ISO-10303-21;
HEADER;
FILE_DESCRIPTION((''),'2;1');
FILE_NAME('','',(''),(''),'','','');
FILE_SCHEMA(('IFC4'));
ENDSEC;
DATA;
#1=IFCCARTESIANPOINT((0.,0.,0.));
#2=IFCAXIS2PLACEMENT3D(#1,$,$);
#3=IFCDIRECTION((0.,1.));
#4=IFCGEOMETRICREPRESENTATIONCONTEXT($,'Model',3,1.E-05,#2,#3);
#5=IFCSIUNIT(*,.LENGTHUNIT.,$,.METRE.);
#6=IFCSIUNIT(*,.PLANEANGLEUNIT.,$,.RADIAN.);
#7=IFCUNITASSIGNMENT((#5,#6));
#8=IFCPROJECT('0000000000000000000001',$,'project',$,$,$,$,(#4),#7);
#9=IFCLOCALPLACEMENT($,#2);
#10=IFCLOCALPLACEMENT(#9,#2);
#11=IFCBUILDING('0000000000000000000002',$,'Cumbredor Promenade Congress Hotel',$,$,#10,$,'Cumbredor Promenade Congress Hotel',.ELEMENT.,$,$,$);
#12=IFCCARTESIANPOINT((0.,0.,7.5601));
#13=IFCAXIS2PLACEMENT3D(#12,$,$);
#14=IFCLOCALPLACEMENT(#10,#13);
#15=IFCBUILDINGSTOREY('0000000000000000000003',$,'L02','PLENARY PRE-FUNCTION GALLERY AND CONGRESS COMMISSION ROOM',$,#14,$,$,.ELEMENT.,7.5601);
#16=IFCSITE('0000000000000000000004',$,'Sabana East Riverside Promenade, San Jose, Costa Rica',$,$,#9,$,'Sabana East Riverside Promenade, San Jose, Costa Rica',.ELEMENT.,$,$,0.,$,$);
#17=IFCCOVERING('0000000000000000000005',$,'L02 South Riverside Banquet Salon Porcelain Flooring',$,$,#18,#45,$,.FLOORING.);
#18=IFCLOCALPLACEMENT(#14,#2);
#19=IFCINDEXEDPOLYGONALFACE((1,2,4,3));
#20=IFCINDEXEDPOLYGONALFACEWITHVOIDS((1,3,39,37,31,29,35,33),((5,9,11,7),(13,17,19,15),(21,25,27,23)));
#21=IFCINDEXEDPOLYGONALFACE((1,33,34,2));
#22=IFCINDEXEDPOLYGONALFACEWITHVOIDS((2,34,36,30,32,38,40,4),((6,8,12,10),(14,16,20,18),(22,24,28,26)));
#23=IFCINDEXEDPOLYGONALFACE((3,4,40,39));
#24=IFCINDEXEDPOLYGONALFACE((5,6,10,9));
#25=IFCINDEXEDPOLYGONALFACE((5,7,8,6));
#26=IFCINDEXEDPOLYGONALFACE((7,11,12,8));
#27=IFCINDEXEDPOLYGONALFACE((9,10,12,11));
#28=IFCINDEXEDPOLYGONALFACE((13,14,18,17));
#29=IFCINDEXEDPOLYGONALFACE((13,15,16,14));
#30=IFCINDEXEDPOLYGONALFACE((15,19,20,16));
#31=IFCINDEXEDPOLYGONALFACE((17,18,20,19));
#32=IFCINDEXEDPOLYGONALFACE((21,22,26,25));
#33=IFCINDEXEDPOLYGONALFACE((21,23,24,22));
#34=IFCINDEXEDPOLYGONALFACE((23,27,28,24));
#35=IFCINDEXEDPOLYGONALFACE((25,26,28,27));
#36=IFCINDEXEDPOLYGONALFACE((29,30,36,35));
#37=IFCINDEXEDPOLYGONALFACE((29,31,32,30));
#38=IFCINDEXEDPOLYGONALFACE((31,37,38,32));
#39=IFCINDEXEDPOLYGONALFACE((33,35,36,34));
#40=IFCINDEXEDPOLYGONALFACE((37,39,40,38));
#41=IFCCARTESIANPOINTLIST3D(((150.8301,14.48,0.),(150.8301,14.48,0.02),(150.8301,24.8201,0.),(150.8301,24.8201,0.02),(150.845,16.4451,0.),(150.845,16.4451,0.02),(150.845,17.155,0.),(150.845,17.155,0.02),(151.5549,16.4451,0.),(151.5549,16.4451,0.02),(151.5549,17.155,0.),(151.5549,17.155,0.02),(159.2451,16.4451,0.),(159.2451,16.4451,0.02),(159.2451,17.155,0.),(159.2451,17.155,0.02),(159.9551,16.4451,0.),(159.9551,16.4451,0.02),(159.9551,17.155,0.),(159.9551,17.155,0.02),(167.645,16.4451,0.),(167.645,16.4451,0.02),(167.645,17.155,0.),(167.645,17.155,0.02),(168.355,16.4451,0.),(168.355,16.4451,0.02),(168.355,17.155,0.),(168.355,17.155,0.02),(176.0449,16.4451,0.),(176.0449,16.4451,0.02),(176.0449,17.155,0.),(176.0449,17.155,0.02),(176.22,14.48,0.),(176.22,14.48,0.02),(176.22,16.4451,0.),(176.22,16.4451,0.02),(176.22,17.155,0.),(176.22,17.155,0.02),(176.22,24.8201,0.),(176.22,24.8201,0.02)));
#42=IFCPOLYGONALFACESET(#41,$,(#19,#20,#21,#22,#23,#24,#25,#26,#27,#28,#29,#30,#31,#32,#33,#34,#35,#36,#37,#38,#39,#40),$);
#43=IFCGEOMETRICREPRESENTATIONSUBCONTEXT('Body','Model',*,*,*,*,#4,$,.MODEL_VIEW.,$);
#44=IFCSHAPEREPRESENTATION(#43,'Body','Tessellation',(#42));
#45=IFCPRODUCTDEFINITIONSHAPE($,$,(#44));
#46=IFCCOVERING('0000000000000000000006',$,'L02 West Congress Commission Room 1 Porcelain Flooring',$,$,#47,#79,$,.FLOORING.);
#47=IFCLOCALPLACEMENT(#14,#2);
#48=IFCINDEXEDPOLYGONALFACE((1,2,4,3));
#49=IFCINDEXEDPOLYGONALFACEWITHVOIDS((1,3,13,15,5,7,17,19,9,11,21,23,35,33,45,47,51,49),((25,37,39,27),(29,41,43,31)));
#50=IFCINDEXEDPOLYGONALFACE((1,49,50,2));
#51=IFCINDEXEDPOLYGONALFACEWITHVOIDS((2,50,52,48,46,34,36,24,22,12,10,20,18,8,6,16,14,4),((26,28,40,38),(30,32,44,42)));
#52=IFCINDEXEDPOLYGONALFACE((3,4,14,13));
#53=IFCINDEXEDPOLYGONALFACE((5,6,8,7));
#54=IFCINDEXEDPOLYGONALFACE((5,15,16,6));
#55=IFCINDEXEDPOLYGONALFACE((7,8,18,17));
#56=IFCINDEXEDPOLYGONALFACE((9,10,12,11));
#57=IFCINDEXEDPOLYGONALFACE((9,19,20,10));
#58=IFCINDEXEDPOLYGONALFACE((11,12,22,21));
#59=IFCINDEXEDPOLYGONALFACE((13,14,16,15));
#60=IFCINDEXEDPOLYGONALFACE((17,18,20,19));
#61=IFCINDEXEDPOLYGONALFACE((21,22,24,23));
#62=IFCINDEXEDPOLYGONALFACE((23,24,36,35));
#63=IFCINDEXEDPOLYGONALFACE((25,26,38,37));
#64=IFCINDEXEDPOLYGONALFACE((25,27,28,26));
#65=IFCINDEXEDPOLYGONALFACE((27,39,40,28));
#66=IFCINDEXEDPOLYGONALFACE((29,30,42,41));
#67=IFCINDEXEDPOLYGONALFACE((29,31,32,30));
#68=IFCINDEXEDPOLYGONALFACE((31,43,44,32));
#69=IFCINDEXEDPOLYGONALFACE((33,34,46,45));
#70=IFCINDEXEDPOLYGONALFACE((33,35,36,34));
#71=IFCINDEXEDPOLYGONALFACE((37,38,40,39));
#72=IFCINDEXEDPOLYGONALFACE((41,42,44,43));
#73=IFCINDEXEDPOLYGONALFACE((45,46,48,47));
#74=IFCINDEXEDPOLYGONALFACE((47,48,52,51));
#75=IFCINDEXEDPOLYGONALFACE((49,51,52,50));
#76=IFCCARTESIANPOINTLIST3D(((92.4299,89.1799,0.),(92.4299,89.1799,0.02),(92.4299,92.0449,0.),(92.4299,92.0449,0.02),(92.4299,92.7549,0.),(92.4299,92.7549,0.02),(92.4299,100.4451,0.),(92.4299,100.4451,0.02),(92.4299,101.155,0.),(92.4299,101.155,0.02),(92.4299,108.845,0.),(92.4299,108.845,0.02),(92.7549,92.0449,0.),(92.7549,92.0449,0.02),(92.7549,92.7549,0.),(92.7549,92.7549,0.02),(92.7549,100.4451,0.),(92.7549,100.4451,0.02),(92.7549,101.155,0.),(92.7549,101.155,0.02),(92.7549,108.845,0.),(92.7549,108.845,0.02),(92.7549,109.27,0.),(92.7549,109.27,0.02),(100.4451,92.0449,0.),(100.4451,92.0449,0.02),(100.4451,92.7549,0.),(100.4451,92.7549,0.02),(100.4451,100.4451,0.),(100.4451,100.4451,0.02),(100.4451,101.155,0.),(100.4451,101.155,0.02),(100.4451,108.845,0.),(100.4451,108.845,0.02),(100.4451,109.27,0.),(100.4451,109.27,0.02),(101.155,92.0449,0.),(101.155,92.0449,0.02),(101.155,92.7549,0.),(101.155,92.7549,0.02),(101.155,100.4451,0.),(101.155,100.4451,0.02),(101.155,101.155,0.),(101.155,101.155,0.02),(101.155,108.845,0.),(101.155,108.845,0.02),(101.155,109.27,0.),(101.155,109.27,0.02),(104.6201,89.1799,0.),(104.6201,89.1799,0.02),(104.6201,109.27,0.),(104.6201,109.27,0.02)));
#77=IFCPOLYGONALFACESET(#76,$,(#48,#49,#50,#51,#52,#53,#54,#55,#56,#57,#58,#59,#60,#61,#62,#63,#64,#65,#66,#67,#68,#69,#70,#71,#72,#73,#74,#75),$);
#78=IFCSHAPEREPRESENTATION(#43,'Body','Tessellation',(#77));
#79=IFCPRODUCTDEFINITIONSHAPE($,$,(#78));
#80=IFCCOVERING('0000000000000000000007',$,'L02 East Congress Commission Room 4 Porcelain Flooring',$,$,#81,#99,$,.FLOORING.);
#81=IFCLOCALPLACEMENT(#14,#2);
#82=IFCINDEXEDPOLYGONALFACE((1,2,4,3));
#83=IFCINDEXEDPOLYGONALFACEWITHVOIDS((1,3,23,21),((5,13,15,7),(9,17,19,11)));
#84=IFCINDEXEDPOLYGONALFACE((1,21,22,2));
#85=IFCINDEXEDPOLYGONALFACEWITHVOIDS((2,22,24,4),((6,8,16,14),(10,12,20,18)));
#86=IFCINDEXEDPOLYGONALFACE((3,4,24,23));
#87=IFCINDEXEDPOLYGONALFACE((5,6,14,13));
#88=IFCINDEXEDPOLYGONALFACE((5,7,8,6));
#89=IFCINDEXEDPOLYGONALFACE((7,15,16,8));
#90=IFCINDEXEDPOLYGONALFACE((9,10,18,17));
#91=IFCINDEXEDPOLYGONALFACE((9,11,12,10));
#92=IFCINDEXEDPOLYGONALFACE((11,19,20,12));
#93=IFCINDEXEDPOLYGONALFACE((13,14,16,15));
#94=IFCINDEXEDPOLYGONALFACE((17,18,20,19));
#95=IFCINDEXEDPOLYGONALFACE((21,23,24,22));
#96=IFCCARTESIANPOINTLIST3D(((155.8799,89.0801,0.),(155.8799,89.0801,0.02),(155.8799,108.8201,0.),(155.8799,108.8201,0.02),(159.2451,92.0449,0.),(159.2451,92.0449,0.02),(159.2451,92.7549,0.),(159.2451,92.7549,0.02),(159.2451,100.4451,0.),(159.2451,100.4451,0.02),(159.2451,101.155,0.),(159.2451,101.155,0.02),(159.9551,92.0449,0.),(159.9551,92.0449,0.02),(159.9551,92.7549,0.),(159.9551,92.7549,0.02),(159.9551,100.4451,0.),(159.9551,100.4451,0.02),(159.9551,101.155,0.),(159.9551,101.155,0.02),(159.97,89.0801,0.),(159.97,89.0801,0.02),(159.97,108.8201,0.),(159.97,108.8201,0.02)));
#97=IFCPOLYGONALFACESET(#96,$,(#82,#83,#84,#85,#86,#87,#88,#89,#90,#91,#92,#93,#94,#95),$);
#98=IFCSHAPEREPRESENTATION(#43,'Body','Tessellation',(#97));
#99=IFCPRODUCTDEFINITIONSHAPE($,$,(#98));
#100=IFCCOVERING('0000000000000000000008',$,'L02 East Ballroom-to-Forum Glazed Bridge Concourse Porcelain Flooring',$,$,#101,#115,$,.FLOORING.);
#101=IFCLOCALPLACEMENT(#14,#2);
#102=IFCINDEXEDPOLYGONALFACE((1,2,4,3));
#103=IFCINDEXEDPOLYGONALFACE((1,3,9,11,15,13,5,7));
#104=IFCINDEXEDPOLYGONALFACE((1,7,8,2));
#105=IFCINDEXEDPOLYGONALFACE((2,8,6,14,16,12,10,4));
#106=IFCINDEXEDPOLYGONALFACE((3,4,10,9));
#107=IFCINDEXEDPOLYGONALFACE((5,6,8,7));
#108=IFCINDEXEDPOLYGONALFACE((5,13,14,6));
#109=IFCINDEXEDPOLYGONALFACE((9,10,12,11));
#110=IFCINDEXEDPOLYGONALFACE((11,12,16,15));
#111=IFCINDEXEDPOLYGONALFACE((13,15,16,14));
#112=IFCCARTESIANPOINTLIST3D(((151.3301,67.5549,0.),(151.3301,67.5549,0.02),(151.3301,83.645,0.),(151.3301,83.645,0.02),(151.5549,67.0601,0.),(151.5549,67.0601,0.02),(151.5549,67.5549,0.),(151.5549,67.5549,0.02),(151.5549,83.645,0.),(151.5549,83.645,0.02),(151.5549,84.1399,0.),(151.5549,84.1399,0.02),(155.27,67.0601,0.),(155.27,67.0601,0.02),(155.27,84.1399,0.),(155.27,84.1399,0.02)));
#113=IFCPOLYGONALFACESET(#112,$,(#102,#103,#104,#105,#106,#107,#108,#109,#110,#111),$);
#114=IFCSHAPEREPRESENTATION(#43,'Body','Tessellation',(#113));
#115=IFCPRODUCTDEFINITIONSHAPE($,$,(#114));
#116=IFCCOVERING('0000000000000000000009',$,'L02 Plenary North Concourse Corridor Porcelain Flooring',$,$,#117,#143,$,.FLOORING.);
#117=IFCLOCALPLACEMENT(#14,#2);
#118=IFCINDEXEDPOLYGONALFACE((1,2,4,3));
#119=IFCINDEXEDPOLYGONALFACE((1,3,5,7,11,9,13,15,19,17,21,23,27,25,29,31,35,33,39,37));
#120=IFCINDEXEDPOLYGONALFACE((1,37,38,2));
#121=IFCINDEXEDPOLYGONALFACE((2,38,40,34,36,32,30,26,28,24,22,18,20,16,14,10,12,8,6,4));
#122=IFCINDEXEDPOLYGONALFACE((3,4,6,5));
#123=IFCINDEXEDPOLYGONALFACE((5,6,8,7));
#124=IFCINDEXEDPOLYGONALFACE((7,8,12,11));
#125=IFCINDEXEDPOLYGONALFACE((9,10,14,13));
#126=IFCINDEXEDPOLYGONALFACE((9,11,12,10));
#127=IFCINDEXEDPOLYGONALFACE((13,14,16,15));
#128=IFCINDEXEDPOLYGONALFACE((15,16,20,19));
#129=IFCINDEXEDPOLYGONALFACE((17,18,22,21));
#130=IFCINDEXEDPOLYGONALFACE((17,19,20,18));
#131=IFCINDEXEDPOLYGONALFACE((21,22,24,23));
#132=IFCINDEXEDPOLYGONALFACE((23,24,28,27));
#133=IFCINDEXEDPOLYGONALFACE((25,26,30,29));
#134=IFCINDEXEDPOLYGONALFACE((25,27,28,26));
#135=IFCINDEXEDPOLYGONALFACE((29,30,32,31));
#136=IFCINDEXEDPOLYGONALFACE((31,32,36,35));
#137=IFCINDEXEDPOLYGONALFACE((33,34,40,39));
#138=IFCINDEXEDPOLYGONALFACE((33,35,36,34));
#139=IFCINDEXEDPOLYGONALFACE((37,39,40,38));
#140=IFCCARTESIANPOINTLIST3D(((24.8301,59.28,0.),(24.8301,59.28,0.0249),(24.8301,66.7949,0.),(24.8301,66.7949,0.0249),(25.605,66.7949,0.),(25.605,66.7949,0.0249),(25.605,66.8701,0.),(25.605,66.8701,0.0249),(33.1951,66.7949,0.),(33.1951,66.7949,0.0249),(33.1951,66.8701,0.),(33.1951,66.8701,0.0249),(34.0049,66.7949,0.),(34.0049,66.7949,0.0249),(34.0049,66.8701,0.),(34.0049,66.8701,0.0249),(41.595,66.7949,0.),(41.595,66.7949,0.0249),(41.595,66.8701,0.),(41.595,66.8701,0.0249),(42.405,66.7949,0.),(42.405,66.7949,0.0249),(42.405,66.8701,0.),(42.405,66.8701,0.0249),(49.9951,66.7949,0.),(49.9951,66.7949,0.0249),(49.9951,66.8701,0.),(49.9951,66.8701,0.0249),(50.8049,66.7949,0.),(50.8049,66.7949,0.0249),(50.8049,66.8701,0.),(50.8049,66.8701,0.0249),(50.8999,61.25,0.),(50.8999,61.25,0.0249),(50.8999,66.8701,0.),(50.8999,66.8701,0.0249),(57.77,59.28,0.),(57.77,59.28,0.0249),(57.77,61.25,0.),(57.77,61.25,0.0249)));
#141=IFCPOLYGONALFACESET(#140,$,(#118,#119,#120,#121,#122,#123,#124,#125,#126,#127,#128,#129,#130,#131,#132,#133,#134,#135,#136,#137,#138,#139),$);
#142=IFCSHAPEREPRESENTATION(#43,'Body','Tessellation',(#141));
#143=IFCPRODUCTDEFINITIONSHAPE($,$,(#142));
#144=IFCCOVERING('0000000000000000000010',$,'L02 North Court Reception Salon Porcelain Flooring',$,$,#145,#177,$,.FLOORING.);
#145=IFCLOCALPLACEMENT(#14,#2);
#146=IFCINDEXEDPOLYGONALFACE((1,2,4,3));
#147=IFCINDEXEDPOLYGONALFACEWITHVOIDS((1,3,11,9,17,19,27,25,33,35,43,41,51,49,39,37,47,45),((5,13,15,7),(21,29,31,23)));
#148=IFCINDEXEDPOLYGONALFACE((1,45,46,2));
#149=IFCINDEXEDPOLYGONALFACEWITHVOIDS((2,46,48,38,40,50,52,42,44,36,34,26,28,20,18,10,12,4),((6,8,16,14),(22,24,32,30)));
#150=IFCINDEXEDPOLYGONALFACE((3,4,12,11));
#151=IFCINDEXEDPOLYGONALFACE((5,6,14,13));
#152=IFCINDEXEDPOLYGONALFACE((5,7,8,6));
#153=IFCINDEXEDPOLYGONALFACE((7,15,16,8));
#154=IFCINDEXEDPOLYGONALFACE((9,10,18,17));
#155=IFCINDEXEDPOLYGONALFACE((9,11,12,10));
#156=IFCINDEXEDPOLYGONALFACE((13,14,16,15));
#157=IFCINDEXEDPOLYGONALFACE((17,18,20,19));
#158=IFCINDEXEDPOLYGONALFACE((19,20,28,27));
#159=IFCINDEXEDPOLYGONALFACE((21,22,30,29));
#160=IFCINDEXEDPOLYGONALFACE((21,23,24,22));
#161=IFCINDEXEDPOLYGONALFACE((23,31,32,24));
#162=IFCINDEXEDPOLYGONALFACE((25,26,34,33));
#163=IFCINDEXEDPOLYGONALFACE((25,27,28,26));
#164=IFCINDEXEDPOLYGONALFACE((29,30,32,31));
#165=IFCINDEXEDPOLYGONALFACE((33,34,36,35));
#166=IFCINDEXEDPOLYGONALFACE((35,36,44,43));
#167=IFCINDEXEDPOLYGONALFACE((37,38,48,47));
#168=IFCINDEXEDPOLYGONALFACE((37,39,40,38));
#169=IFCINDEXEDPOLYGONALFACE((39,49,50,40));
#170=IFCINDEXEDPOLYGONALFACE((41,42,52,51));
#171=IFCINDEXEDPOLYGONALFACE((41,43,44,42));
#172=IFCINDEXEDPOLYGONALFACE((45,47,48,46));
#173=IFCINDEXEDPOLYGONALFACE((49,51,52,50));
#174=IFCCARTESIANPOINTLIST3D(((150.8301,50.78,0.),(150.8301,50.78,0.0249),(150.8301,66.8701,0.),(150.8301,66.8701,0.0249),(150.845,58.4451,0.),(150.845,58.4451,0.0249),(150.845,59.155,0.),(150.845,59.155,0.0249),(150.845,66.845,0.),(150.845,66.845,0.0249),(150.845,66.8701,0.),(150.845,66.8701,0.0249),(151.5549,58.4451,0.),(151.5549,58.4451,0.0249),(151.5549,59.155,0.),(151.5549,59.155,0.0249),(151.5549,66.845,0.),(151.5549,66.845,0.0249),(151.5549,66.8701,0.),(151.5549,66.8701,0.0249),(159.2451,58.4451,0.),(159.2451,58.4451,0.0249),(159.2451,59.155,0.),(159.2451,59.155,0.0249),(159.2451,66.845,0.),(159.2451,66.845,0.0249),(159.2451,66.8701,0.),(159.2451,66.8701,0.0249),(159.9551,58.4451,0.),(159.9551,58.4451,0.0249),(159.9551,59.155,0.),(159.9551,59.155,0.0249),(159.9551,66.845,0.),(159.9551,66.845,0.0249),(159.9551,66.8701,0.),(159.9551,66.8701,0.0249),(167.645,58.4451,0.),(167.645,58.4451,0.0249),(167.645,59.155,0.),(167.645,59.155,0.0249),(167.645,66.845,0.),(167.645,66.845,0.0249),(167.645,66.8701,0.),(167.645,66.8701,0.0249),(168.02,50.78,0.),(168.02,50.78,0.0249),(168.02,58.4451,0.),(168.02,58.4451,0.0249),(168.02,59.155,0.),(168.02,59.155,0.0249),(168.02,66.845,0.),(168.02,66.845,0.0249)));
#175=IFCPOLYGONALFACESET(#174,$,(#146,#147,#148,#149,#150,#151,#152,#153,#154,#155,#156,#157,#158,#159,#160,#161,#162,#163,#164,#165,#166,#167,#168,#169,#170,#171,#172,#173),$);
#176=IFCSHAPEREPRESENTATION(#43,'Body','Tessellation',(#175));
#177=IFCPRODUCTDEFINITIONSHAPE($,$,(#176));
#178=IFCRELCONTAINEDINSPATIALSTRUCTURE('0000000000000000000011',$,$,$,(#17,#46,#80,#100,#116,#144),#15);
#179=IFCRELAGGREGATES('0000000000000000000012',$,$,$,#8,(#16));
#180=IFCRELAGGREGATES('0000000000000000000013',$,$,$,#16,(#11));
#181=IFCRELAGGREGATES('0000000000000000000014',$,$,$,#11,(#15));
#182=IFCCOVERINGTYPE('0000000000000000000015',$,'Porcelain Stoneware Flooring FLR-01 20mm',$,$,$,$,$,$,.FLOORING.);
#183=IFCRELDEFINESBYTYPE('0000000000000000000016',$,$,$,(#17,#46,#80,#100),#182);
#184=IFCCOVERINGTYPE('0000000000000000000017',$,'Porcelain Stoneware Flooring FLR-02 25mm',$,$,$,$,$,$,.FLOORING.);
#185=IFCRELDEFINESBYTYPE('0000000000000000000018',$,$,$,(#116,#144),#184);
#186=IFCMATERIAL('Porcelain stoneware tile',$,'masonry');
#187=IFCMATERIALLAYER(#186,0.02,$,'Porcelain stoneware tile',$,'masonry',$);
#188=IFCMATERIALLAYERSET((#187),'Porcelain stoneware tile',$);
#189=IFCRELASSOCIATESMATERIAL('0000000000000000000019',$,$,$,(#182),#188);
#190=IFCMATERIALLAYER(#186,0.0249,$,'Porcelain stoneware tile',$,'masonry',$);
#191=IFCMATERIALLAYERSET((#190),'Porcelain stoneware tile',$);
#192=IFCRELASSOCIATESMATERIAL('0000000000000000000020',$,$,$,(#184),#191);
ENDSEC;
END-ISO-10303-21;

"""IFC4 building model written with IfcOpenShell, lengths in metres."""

from ifc_helpers import new_model, si_unit, direction, frame, origin, place, context, subcontext, project, spatial, polyline, outline, extrude, material, layer, layer_set, type_object, element, save


model = new_model("IFC4")

# Units and contexts
model_context = context("Model", 3, precision=1e-05, world=origin(), true_north=direction((0.0, 1.0)))
body_context = subcontext(model_context, "Body", "Model", "MODEL_VIEW")
ifc_project = project(units=[si_unit("LENGTHUNIT", "METRE"), si_unit("PLANEANGLEUNIT", "RADIAN")], contexts=[model_context])

# Site, building, storey
site_placement = place(None, origin())
site = spatial("IfcSite", under=ifc_project, at=site_placement, Name="Sabana East Riverside Promenade, San Jose, Costa Rica", LongName="Sabana East Riverside Promenade, San Jose, Costa Rica", CompositionType="ELEMENT", RefElevation=0.0)
building_placement = place(site_placement, origin())
building = spatial("IfcBuilding", under=site, at=building_placement, Name="Cumbredor Promenade Congress Hotel", LongName="Cumbredor Promenade Congress Hotel", CompositionType="ELEMENT")
storey_placement = place(building_placement, frame((0.0, 0.0, 7.5601)))
storey = spatial("IfcBuildingStorey", under=building, at=storey_placement, Name="L02", Description="PLENARY PRE-FUNCTION GALLERY AND CONGRESS COMMISSION ROOM", CompositionType="ELEMENT", Elevation=7.5601)

# Coverings
ifc_material_1 = material(Name="Porcelain stoneware tile", Category="masonry")
ifc_layer_1 = layer(ifc_material_1, 0.02, Name="Porcelain stoneware tile", Category="masonry")
ifc_layer_set_1 = layer_set([ifc_layer_1], Name="Porcelain stoneware tile")
covering_type_1 = type_object("IfcCoveringType", Name="Porcelain Stoneware Flooring FLR-01 20mm", PredefinedType="FLOORING", material=ifc_layer_set_1)
covering_1_placement = place(storey_placement, origin())
element("IfcCovering", 1, at=covering_1_placement, inside=storey, type_object=covering_type_1, Name="L02 South Riverside Banquet Salon Porcelain Flooring", PredefinedType="FLOORING", context=body_context, shape_type="SweptSolid", body=[
    extrude(outline(polyline([(150.8301, 24.8201), (176.22, 24.8201), (176.22, 17.155), (176.0449, 17.155), (176.0449, 16.4451), (176.22, 16.4451), (176.22, 14.48), (150.8301, 14.48), (150.8301, 24.8201)]), holes=[polyline([(151.5549, 16.4451), (151.5549, 17.155), (150.845, 17.155), (150.845, 16.4451), (151.5549, 16.4451)]), polyline([(159.2451, 16.4451), (159.9551, 16.4451), (159.9551, 17.155), (159.2451, 17.155), (159.2451, 16.4451)]), polyline([(167.645, 17.155), (167.645, 16.4451), (168.355, 16.4451), (168.355, 17.155), (167.645, 17.155)])]), origin(), (0.0, 0.0, 1.0), 0.02),
])
covering_2_placement = place(storey_placement, origin())
element("IfcCovering", 2, at=covering_2_placement, inside=storey, type_object=covering_type_1, Name="L02 West Congress Commission Room 1 Porcelain Flooring", PredefinedType="FLOORING", context=body_context, shape_type="SweptSolid", body=[
    extrude(outline(polyline([(92.7549, 92.7549), (92.4299, 92.7549), (92.4299, 100.4451), (92.7549, 100.4451), (92.7549, 101.155), (92.4299, 101.155), (92.4299, 108.845), (92.7549, 108.845), (92.7549, 109.27), (100.4451, 109.27), (100.4451, 108.845), (101.155, 108.845), (101.155, 109.27), (104.6201, 109.27), (104.6201, 89.1799), (92.4299, 89.1799), (92.4299, 92.0449), (92.7549, 92.0449), (92.7549, 92.7549)]), holes=[polyline([(100.4451, 92.0449), (101.155, 92.0449), (101.155, 92.7549), (100.4451, 92.7549), (100.4451, 92.0449)]), polyline([(100.4451, 101.155), (100.4451, 100.4451), (101.155, 100.4451), (101.155, 101.155), (100.4451, 101.155)])]), origin(), (0.0, 0.0, 1.0), 0.02),
])
covering_3_placement = place(storey_placement, origin())
element("IfcCovering", 3, at=covering_3_placement, inside=storey, type_object=covering_type_1, Name="L02 East Congress Commission Room 4 Porcelain Flooring", PredefinedType="FLOORING", context=body_context, shape_type="SweptSolid", body=[
    extrude(outline(polyline([(159.97, 89.0801), (155.8799, 89.0801), (155.8799, 108.8201), (159.97, 108.8201), (159.97, 89.0801)]), holes=[polyline([(159.2451, 92.7549), (159.2451, 92.0449), (159.9551, 92.0449), (159.9551, 92.7549), (159.2451, 92.7549)]), polyline([(159.9551, 101.155), (159.2451, 101.155), (159.2451, 100.4451), (159.9551, 100.4451), (159.9551, 101.155)])]), origin(), (0.0, 0.0, 1.0), 0.02),
])
covering_4_placement = place(storey_placement, origin())
element("IfcCovering", 4, at=covering_4_placement, inside=storey, type_object=covering_type_1, Name="L02 East Ballroom-to-Forum Glazed Bridge Concourse Porcelain Flooring", PredefinedType="FLOORING", context=body_context, shape_type="SweptSolid", body=[
    extrude(outline(polyline([(155.27, 67.0601), (151.5549, 67.0601), (151.5549, 67.5549), (151.3301, 67.5549), (151.3301, 83.645), (151.5549, 83.645), (151.5549, 84.1399), (155.27, 84.1399), (155.27, 67.0601)])), origin(), (0.0, 0.0, 1.0), 0.02),
])
ifc_layer_2 = layer(ifc_material_1, 0.0249, Name="Porcelain stoneware tile", Category="masonry")
ifc_layer_set_2 = layer_set([ifc_layer_2], Name="Porcelain stoneware tile")
covering_type_2 = type_object("IfcCoveringType", Name="Porcelain Stoneware Flooring FLR-02 25mm", PredefinedType="FLOORING", material=ifc_layer_set_2)
covering_5_placement = place(storey_placement, origin())
element("IfcCovering", 5, at=covering_5_placement, inside=storey, type_object=covering_type_2, Name="L02 Plenary North Concourse Corridor Porcelain Flooring", PredefinedType="FLOORING", context=body_context, shape_type="SweptSolid", body=[
    extrude(outline(polyline([(25.605, 66.8701), (33.1951, 66.8701), (33.1951, 66.7949), (34.0049, 66.7949), (34.0049, 66.8701), (41.595, 66.8701), (41.595, 66.7949), (42.405, 66.7949), (42.405, 66.8701), (49.9951, 66.8701), (49.9951, 66.7949), (50.8049, 66.7949), (50.8049, 66.8701), (50.8999, 66.8701), (50.8999, 61.25), (57.77, 61.25), (57.77, 59.28), (24.8301, 59.28), (24.8301, 66.7949), (25.605, 66.7949), (25.605, 66.8701)])), origin(), (0.0, 0.0, 1.0), 0.0249),
])
covering_6_placement = place(storey_placement, origin())
element("IfcCovering", 6, at=covering_6_placement, inside=storey, type_object=covering_type_2, Name="L02 North Court Reception Salon Porcelain Flooring", PredefinedType="FLOORING", context=body_context, shape_type="SweptSolid", body=[
    extrude(outline(polyline([(150.845, 66.845), (151.5549, 66.845), (151.5549, 66.8701), (159.2451, 66.8701), (159.2451, 66.845), (159.9551, 66.845), (159.9551, 66.8701), (167.645, 66.8701), (167.645, 66.845), (168.02, 66.845), (168.02, 59.155), (167.645, 59.155), (167.645, 58.4451), (168.02, 58.4451), (168.02, 50.78), (150.8301, 50.78), (150.8301, 66.8701), (150.845, 66.8701), (150.845, 66.845)]), holes=[polyline([(150.845, 59.155), (150.845, 58.4451), (151.5549, 58.4451), (151.5549, 59.155), (150.845, 59.155)]), polyline([(159.9551, 58.4451), (159.9551, 59.155), (159.2451, 59.155), (159.2451, 58.4451), (159.9551, 58.4451)])]), origin(), (0.0, 0.0, 1.0), 0.0249),
])

save(model, "model.ifc")
